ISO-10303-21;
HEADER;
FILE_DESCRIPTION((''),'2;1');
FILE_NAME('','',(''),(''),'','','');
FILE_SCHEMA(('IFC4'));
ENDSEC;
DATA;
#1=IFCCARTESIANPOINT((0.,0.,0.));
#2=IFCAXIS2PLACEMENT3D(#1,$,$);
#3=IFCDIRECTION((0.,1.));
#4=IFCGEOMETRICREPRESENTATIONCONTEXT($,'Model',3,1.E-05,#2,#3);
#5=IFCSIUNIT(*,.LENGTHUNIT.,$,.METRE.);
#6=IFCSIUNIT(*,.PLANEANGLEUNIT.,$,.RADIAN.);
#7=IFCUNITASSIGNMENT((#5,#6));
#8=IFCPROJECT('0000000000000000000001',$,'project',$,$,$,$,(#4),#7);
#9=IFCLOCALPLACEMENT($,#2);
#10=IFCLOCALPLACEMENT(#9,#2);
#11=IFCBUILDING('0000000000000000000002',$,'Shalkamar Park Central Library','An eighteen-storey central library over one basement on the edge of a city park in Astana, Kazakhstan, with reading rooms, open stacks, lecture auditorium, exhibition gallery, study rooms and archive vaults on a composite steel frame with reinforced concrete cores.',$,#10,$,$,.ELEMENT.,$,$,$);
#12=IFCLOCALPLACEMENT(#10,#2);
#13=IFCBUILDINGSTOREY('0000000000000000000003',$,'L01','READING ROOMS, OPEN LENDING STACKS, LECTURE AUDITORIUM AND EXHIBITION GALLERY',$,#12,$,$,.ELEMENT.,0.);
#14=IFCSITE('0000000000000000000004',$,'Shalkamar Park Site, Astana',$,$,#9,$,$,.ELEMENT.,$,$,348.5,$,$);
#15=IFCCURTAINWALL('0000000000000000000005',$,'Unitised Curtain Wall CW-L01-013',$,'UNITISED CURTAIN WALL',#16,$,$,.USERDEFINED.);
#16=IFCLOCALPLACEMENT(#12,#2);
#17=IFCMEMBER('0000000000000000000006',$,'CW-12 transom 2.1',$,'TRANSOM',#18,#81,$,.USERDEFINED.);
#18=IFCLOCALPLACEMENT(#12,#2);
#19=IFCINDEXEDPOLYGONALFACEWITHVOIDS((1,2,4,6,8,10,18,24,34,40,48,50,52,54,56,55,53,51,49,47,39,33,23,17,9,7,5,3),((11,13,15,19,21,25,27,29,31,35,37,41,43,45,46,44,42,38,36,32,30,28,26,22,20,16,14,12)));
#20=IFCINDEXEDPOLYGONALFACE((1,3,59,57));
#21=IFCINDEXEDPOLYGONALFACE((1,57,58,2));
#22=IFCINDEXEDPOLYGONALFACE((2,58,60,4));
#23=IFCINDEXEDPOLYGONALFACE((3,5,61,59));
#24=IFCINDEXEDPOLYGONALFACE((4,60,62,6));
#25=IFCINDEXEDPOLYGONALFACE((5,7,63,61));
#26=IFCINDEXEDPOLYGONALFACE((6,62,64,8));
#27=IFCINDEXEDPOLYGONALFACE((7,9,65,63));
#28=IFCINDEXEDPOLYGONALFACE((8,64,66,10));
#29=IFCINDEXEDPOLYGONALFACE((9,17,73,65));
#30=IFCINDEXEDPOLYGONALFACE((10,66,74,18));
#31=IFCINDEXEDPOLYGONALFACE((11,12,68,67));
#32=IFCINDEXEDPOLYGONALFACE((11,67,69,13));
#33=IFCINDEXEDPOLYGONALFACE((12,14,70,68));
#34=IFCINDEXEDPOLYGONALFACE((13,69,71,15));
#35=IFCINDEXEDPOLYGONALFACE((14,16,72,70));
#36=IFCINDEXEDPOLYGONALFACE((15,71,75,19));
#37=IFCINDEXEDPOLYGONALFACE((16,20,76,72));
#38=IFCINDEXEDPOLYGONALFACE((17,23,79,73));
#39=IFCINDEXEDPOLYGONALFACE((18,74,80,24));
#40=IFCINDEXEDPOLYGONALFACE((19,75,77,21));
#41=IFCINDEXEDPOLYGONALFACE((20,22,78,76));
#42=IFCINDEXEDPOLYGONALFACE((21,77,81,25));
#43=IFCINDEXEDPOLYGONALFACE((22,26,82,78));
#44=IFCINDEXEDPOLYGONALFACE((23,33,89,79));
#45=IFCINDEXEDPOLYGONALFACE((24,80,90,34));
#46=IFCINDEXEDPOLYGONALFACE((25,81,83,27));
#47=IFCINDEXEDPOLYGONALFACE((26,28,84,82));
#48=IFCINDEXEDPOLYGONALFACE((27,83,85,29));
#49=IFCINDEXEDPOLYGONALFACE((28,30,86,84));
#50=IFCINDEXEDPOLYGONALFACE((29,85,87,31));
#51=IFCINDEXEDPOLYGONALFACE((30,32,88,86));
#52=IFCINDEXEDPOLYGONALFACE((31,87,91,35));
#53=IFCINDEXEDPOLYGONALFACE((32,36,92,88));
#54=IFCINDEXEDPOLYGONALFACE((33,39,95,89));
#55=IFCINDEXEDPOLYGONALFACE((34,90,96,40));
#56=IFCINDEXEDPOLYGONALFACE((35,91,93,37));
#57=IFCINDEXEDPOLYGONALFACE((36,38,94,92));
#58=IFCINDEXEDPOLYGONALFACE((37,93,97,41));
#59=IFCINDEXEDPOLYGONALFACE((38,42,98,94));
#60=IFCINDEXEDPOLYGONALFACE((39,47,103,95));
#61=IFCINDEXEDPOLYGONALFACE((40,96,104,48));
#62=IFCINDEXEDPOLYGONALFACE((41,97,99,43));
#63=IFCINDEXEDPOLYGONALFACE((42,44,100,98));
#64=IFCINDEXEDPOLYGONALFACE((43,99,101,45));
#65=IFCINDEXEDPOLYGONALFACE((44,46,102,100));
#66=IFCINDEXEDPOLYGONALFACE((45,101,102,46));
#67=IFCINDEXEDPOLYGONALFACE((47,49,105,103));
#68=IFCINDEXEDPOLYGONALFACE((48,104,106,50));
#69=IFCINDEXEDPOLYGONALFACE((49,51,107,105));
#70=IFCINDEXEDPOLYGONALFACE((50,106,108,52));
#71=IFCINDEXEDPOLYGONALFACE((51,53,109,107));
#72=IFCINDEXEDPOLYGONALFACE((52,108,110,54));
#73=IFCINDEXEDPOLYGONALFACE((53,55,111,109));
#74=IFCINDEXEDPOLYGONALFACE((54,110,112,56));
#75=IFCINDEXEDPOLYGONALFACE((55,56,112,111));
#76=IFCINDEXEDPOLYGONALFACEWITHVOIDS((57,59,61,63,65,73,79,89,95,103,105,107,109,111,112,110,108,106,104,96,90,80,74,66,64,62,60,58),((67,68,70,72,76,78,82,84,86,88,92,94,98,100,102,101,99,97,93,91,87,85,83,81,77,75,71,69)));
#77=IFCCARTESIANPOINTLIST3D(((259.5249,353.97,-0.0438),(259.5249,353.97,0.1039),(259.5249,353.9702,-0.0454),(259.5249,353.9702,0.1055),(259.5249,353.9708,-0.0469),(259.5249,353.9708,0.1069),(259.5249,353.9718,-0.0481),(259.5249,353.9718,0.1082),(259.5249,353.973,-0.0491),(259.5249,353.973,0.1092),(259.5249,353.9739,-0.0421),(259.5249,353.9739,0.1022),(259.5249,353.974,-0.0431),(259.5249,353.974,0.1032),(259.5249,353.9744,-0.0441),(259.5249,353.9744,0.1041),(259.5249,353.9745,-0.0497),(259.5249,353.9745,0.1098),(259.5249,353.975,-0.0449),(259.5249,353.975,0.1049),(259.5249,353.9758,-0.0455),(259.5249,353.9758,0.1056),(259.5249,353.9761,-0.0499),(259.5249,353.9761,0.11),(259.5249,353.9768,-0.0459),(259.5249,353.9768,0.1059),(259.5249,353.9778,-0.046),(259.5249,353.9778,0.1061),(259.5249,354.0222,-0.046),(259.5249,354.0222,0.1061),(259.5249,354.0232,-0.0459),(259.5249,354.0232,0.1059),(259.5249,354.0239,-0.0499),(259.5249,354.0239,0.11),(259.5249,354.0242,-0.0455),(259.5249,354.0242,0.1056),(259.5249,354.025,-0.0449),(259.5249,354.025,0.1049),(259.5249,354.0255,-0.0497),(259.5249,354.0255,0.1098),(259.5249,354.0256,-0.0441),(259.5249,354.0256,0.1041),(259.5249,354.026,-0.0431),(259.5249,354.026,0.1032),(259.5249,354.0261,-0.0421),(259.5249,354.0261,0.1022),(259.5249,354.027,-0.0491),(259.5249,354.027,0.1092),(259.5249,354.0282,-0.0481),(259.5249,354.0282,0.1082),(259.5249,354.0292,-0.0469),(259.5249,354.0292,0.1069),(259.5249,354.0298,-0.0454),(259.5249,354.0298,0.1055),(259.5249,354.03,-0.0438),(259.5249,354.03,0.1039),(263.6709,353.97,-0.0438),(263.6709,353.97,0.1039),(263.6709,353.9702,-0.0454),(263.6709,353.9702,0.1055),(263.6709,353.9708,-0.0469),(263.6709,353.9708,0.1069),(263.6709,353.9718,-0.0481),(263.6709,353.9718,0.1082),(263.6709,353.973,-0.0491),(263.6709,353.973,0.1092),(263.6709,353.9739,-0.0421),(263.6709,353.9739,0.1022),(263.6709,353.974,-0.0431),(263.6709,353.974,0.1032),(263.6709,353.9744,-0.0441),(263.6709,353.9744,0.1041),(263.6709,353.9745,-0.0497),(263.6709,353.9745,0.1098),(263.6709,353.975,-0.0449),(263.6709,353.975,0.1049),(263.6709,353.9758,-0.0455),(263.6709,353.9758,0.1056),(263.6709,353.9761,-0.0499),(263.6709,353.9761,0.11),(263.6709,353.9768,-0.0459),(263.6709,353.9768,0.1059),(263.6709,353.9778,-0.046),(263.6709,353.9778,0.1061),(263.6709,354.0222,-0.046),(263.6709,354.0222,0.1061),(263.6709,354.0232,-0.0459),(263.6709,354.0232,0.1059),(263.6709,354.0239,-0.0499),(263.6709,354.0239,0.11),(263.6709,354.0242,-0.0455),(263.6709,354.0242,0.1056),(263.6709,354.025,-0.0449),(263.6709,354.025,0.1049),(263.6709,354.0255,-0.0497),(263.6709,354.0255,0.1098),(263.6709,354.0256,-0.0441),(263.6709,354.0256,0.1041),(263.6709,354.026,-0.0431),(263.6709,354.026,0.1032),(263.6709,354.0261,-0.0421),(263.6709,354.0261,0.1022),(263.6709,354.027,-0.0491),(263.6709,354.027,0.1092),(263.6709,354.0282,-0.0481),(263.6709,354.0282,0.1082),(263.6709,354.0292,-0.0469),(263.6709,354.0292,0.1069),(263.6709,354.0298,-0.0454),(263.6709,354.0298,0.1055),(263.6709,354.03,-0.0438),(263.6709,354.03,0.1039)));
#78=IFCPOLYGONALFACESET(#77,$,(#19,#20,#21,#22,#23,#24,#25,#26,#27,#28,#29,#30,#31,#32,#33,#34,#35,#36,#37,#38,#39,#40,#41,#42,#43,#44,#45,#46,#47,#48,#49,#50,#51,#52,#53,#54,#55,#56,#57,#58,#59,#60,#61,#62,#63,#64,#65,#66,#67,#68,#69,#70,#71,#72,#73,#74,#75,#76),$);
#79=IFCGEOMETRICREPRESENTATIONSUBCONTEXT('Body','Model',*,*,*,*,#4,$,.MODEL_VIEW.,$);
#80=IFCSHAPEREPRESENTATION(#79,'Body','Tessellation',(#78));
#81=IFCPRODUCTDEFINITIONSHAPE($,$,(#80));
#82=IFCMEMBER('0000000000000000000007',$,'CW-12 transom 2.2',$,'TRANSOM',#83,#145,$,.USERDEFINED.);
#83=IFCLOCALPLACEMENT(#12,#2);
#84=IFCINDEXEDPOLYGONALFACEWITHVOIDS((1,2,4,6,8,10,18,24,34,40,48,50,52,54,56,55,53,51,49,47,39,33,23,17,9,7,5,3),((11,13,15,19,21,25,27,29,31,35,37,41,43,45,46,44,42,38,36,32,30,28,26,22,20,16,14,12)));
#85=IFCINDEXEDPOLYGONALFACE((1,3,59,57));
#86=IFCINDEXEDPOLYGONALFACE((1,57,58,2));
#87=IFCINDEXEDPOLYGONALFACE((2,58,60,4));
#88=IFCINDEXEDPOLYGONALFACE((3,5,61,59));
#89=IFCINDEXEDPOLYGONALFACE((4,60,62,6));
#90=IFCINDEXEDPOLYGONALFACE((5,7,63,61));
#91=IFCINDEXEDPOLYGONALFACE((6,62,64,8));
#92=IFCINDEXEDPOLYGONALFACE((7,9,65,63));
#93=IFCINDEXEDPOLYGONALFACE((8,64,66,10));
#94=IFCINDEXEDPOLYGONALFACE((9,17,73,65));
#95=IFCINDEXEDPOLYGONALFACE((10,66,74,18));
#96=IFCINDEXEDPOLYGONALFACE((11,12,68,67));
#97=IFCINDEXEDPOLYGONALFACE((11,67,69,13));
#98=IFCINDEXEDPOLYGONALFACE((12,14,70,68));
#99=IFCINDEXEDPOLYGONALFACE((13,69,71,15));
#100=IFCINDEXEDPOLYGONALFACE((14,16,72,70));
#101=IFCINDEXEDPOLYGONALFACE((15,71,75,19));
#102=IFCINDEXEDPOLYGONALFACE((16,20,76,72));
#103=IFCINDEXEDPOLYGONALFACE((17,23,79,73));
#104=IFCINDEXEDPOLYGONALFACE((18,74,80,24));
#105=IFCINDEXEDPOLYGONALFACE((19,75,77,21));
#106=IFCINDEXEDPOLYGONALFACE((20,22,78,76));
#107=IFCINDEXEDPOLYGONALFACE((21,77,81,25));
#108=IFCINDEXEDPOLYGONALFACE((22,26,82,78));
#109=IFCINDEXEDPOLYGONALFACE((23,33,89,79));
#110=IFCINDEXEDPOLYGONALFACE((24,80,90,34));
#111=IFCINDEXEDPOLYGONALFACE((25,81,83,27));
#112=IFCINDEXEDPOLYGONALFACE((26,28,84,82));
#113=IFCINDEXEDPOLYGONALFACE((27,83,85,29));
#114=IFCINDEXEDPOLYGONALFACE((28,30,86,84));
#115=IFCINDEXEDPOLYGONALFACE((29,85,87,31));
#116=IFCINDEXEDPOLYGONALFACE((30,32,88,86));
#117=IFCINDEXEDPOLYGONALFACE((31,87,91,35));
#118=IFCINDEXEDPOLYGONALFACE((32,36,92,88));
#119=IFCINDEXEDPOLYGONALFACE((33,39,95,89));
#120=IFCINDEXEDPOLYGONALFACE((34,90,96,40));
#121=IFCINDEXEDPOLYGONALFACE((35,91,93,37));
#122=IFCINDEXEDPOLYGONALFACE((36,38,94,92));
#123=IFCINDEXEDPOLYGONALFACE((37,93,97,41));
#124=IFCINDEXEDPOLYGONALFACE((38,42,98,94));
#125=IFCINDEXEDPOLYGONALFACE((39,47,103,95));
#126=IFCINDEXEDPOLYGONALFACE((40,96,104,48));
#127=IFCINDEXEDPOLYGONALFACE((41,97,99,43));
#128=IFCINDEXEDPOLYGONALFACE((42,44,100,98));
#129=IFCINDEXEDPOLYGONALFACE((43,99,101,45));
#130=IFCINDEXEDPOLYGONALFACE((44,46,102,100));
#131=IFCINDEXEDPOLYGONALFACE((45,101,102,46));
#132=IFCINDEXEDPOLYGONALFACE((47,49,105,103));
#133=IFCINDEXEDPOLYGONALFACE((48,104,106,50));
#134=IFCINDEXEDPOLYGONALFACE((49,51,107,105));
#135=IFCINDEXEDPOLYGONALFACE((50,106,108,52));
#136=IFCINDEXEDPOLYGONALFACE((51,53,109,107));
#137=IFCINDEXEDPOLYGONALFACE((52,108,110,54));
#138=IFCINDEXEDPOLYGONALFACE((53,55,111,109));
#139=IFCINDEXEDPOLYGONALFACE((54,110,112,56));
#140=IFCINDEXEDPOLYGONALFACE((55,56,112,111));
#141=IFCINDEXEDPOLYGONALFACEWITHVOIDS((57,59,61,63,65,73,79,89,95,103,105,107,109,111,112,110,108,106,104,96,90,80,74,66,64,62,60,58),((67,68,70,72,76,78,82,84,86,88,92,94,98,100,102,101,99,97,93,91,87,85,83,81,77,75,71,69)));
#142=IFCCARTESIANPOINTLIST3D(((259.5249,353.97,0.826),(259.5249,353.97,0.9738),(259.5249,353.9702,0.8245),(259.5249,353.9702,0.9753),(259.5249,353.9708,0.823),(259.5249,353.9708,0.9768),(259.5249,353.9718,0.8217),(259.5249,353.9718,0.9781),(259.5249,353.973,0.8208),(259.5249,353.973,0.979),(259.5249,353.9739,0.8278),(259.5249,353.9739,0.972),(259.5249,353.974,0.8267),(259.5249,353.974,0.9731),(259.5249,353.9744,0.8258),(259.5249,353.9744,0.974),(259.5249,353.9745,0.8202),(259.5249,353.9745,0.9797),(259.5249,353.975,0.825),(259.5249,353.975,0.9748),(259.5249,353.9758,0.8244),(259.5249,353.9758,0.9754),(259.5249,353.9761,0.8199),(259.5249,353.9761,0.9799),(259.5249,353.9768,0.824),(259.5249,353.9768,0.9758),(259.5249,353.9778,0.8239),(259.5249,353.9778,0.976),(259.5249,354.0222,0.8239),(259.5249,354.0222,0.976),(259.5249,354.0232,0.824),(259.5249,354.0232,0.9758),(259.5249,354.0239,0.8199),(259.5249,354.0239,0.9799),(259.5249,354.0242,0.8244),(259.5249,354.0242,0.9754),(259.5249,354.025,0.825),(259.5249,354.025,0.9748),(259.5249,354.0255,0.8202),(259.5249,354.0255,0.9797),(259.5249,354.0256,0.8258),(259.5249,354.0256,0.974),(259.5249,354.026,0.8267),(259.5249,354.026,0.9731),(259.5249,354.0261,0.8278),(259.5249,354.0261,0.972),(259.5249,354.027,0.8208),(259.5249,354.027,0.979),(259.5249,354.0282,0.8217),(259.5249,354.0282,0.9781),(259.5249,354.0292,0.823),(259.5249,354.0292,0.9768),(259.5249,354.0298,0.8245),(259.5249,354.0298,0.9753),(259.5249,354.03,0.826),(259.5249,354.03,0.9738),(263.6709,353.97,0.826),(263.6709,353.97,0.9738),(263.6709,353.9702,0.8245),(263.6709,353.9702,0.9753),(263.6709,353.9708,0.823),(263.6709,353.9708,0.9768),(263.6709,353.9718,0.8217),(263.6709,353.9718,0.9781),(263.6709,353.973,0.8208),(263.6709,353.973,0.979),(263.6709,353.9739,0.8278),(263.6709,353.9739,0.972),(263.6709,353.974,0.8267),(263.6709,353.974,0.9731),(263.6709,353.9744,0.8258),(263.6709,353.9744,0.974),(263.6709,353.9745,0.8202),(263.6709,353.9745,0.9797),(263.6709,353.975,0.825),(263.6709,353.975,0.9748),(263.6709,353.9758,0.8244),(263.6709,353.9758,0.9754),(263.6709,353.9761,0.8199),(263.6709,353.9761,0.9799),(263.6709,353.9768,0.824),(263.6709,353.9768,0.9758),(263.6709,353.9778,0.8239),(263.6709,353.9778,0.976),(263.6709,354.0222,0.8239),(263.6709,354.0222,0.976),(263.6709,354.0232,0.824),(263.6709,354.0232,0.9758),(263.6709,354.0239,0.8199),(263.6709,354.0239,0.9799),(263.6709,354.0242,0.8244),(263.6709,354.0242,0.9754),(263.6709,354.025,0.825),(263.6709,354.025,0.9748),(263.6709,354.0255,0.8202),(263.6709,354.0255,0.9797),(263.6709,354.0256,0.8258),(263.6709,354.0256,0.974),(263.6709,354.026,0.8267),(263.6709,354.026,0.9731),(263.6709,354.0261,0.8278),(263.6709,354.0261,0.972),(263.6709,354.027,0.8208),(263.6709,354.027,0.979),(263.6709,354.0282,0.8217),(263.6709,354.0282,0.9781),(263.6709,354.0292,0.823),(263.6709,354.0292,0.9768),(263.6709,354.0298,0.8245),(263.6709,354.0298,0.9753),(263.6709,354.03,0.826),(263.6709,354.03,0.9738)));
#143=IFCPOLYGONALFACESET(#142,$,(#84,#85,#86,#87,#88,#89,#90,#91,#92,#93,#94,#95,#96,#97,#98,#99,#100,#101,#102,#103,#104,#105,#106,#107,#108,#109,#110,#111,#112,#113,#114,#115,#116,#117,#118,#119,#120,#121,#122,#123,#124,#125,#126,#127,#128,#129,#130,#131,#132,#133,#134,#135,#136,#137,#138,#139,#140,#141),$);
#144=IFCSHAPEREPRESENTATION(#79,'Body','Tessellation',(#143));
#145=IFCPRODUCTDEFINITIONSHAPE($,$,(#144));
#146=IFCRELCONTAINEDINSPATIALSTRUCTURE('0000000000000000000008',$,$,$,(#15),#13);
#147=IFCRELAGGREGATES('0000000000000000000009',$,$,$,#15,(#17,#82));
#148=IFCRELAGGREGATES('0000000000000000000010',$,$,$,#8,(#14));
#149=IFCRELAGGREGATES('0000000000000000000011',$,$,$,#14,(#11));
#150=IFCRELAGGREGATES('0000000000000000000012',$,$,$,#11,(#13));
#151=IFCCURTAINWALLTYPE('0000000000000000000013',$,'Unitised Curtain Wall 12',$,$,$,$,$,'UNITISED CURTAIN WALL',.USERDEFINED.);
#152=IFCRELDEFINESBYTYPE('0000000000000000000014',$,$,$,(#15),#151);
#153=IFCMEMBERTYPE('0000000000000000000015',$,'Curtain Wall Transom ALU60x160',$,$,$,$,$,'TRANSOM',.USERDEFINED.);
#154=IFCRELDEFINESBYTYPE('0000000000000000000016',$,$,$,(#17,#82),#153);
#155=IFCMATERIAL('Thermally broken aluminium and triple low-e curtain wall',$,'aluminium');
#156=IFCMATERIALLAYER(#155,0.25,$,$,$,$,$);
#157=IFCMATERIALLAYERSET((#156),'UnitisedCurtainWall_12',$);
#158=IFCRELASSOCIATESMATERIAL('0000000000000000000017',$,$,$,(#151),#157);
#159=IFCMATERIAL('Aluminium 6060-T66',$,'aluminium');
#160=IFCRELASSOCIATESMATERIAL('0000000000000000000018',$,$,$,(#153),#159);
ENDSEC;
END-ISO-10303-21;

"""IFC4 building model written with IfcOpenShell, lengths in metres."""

from ifc_helpers import new_model, si_unit, direction, frame, origin, origin_2d, place, context, subcontext, project, spatial, hollow_rectangle, extrude, material, layer, layer_set, material_profile, profile_set, type_object, element, aggregate, save


model = new_model("IFC4")

# Units and contexts
model_context = context("Model", 3, precision=1e-05, world=origin(), true_north=direction((0.0, 1.0)))
body_context = subcontext(model_context, "Body", "Model", "MODEL_VIEW")
ifc_project = project(units=[si_unit("LENGTHUNIT", "METRE"), si_unit("PLANEANGLEUNIT", "RADIAN")], contexts=[model_context])

# Site, building, storey
site_placement = place(None, origin())
site = spatial("IfcSite", under=ifc_project, at=site_placement, Name="Shalkamar Park Site, Astana", CompositionType="ELEMENT", RefElevation=348.5)
building_placement = place(site_placement, origin())
building = spatial("IfcBuilding", under=site, at=building_placement, Name="Shalkamar Park Central Library", Description="An eighteen-storey central library over one basement on the edge of a city park in Astana, Kazakhstan, with reading rooms, open stacks, lecture auditorium, exhibition gallery, study rooms and archive vaults on a composite steel frame with reinforced concrete cores.", CompositionType="ELEMENT")
storey_placement = place(building_placement, origin())
storey = spatial("IfcBuildingStorey", under=building, at=storey_placement, Name="L01", Description="READING ROOMS, OPEN LENDING STACKS, LECTURE AUDITORIUM AND EXHIBITION GALLERY", CompositionType="ELEMENT", Elevation=0.0)

# Curtain wall, members
ifc_material_1 = material(Name="Thermally broken aluminium and triple low-e curtain wall", Category="aluminium")
ifc_layer_1 = layer(ifc_material_1, 0.25)
ifc_layer_set_1 = layer_set([ifc_layer_1], Name="UnitisedCurtainWall_12")
curtain_wall_type = type_object("IfcCurtainWallType", Name="Unitised Curtain Wall 12", ElementType="UNITISED CURTAIN WALL", PredefinedType="USERDEFINED", material=ifc_layer_set_1)
curtain_wall_placement = place(storey_placement, origin())
curtain_wall = element("IfcCurtainWall", 1, at=curtain_wall_placement, inside=storey, type_object=curtain_wall_type, Name="Unitised Curtain Wall CW-L01-013", ObjectType="UNITISED CURTAIN WALL", PredefinedType="USERDEFINED")
ifc_material_2 = material(Name="Aluminium 6060-T66", Category="aluminium")
ifc_material_profile_1 = material_profile(ifc_material_2, hollow_rectangle(XDim=0.0601, YDim=0.1599, WallThickness=0.0039, InnerFilletRadius=0.0039, OuterFilletRadius=0.0061, at=origin_2d()), Name="ALU 60x160x4")
ifc_profile_set_1 = profile_set([ifc_material_profile_1], Name="Aluminium 6060-T66")
member_type_1 = type_object("IfcMemberType", Name="Curtain Wall Transom ALU60x160", ElementType="TRANSOM", PredefinedType="USERDEFINED", material=ifc_profile_set_1)
member_1_placement = place(storey_placement, frame((259.5249, 354.0, 0.03), z_axis=(1.0, 0.0, 0.0), x_axis=(0.0, 1.0, 0.0)))
member_1 = element("IfcMember", 2, at=member_1_placement, type_object=member_type_1, Name="CW-12 transom 2.1", ObjectType="TRANSOM", PredefinedType="USERDEFINED", context=body_context, shape_type="SweptSolid", body=[
    extrude(hollow_rectangle(XDim=0.0601, YDim=0.1599, WallThickness=0.0039, InnerFilletRadius=0.0039, OuterFilletRadius=0.0061, at=origin_2d()), origin(), (0.0, 0.0, 1.0), 4.146),
])
member_2_placement = place(storey_placement, frame((259.5249, 354.0, 0.8999), z_axis=(1.0, 0.0, 0.0), x_axis=(0.0, 1.0, 0.0)))
member_2 = element("IfcMember", 3, at=member_2_placement, type_object=member_type_1, Name="CW-12 transom 2.2", ObjectType="TRANSOM", PredefinedType="USERDEFINED", context=body_context, shape_type="SweptSolid", body=[
    extrude(hollow_rectangle(XDim=0.0601, YDim=0.1599, WallThickness=0.0039, InnerFilletRadius=0.0039, OuterFilletRadius=0.0061, at=origin_2d()), origin(), (0.0, 0.0, 1.0), 4.146),
])

aggregate(curtain_wall, [member_1, member_2])

save(model, "model.ifc")
